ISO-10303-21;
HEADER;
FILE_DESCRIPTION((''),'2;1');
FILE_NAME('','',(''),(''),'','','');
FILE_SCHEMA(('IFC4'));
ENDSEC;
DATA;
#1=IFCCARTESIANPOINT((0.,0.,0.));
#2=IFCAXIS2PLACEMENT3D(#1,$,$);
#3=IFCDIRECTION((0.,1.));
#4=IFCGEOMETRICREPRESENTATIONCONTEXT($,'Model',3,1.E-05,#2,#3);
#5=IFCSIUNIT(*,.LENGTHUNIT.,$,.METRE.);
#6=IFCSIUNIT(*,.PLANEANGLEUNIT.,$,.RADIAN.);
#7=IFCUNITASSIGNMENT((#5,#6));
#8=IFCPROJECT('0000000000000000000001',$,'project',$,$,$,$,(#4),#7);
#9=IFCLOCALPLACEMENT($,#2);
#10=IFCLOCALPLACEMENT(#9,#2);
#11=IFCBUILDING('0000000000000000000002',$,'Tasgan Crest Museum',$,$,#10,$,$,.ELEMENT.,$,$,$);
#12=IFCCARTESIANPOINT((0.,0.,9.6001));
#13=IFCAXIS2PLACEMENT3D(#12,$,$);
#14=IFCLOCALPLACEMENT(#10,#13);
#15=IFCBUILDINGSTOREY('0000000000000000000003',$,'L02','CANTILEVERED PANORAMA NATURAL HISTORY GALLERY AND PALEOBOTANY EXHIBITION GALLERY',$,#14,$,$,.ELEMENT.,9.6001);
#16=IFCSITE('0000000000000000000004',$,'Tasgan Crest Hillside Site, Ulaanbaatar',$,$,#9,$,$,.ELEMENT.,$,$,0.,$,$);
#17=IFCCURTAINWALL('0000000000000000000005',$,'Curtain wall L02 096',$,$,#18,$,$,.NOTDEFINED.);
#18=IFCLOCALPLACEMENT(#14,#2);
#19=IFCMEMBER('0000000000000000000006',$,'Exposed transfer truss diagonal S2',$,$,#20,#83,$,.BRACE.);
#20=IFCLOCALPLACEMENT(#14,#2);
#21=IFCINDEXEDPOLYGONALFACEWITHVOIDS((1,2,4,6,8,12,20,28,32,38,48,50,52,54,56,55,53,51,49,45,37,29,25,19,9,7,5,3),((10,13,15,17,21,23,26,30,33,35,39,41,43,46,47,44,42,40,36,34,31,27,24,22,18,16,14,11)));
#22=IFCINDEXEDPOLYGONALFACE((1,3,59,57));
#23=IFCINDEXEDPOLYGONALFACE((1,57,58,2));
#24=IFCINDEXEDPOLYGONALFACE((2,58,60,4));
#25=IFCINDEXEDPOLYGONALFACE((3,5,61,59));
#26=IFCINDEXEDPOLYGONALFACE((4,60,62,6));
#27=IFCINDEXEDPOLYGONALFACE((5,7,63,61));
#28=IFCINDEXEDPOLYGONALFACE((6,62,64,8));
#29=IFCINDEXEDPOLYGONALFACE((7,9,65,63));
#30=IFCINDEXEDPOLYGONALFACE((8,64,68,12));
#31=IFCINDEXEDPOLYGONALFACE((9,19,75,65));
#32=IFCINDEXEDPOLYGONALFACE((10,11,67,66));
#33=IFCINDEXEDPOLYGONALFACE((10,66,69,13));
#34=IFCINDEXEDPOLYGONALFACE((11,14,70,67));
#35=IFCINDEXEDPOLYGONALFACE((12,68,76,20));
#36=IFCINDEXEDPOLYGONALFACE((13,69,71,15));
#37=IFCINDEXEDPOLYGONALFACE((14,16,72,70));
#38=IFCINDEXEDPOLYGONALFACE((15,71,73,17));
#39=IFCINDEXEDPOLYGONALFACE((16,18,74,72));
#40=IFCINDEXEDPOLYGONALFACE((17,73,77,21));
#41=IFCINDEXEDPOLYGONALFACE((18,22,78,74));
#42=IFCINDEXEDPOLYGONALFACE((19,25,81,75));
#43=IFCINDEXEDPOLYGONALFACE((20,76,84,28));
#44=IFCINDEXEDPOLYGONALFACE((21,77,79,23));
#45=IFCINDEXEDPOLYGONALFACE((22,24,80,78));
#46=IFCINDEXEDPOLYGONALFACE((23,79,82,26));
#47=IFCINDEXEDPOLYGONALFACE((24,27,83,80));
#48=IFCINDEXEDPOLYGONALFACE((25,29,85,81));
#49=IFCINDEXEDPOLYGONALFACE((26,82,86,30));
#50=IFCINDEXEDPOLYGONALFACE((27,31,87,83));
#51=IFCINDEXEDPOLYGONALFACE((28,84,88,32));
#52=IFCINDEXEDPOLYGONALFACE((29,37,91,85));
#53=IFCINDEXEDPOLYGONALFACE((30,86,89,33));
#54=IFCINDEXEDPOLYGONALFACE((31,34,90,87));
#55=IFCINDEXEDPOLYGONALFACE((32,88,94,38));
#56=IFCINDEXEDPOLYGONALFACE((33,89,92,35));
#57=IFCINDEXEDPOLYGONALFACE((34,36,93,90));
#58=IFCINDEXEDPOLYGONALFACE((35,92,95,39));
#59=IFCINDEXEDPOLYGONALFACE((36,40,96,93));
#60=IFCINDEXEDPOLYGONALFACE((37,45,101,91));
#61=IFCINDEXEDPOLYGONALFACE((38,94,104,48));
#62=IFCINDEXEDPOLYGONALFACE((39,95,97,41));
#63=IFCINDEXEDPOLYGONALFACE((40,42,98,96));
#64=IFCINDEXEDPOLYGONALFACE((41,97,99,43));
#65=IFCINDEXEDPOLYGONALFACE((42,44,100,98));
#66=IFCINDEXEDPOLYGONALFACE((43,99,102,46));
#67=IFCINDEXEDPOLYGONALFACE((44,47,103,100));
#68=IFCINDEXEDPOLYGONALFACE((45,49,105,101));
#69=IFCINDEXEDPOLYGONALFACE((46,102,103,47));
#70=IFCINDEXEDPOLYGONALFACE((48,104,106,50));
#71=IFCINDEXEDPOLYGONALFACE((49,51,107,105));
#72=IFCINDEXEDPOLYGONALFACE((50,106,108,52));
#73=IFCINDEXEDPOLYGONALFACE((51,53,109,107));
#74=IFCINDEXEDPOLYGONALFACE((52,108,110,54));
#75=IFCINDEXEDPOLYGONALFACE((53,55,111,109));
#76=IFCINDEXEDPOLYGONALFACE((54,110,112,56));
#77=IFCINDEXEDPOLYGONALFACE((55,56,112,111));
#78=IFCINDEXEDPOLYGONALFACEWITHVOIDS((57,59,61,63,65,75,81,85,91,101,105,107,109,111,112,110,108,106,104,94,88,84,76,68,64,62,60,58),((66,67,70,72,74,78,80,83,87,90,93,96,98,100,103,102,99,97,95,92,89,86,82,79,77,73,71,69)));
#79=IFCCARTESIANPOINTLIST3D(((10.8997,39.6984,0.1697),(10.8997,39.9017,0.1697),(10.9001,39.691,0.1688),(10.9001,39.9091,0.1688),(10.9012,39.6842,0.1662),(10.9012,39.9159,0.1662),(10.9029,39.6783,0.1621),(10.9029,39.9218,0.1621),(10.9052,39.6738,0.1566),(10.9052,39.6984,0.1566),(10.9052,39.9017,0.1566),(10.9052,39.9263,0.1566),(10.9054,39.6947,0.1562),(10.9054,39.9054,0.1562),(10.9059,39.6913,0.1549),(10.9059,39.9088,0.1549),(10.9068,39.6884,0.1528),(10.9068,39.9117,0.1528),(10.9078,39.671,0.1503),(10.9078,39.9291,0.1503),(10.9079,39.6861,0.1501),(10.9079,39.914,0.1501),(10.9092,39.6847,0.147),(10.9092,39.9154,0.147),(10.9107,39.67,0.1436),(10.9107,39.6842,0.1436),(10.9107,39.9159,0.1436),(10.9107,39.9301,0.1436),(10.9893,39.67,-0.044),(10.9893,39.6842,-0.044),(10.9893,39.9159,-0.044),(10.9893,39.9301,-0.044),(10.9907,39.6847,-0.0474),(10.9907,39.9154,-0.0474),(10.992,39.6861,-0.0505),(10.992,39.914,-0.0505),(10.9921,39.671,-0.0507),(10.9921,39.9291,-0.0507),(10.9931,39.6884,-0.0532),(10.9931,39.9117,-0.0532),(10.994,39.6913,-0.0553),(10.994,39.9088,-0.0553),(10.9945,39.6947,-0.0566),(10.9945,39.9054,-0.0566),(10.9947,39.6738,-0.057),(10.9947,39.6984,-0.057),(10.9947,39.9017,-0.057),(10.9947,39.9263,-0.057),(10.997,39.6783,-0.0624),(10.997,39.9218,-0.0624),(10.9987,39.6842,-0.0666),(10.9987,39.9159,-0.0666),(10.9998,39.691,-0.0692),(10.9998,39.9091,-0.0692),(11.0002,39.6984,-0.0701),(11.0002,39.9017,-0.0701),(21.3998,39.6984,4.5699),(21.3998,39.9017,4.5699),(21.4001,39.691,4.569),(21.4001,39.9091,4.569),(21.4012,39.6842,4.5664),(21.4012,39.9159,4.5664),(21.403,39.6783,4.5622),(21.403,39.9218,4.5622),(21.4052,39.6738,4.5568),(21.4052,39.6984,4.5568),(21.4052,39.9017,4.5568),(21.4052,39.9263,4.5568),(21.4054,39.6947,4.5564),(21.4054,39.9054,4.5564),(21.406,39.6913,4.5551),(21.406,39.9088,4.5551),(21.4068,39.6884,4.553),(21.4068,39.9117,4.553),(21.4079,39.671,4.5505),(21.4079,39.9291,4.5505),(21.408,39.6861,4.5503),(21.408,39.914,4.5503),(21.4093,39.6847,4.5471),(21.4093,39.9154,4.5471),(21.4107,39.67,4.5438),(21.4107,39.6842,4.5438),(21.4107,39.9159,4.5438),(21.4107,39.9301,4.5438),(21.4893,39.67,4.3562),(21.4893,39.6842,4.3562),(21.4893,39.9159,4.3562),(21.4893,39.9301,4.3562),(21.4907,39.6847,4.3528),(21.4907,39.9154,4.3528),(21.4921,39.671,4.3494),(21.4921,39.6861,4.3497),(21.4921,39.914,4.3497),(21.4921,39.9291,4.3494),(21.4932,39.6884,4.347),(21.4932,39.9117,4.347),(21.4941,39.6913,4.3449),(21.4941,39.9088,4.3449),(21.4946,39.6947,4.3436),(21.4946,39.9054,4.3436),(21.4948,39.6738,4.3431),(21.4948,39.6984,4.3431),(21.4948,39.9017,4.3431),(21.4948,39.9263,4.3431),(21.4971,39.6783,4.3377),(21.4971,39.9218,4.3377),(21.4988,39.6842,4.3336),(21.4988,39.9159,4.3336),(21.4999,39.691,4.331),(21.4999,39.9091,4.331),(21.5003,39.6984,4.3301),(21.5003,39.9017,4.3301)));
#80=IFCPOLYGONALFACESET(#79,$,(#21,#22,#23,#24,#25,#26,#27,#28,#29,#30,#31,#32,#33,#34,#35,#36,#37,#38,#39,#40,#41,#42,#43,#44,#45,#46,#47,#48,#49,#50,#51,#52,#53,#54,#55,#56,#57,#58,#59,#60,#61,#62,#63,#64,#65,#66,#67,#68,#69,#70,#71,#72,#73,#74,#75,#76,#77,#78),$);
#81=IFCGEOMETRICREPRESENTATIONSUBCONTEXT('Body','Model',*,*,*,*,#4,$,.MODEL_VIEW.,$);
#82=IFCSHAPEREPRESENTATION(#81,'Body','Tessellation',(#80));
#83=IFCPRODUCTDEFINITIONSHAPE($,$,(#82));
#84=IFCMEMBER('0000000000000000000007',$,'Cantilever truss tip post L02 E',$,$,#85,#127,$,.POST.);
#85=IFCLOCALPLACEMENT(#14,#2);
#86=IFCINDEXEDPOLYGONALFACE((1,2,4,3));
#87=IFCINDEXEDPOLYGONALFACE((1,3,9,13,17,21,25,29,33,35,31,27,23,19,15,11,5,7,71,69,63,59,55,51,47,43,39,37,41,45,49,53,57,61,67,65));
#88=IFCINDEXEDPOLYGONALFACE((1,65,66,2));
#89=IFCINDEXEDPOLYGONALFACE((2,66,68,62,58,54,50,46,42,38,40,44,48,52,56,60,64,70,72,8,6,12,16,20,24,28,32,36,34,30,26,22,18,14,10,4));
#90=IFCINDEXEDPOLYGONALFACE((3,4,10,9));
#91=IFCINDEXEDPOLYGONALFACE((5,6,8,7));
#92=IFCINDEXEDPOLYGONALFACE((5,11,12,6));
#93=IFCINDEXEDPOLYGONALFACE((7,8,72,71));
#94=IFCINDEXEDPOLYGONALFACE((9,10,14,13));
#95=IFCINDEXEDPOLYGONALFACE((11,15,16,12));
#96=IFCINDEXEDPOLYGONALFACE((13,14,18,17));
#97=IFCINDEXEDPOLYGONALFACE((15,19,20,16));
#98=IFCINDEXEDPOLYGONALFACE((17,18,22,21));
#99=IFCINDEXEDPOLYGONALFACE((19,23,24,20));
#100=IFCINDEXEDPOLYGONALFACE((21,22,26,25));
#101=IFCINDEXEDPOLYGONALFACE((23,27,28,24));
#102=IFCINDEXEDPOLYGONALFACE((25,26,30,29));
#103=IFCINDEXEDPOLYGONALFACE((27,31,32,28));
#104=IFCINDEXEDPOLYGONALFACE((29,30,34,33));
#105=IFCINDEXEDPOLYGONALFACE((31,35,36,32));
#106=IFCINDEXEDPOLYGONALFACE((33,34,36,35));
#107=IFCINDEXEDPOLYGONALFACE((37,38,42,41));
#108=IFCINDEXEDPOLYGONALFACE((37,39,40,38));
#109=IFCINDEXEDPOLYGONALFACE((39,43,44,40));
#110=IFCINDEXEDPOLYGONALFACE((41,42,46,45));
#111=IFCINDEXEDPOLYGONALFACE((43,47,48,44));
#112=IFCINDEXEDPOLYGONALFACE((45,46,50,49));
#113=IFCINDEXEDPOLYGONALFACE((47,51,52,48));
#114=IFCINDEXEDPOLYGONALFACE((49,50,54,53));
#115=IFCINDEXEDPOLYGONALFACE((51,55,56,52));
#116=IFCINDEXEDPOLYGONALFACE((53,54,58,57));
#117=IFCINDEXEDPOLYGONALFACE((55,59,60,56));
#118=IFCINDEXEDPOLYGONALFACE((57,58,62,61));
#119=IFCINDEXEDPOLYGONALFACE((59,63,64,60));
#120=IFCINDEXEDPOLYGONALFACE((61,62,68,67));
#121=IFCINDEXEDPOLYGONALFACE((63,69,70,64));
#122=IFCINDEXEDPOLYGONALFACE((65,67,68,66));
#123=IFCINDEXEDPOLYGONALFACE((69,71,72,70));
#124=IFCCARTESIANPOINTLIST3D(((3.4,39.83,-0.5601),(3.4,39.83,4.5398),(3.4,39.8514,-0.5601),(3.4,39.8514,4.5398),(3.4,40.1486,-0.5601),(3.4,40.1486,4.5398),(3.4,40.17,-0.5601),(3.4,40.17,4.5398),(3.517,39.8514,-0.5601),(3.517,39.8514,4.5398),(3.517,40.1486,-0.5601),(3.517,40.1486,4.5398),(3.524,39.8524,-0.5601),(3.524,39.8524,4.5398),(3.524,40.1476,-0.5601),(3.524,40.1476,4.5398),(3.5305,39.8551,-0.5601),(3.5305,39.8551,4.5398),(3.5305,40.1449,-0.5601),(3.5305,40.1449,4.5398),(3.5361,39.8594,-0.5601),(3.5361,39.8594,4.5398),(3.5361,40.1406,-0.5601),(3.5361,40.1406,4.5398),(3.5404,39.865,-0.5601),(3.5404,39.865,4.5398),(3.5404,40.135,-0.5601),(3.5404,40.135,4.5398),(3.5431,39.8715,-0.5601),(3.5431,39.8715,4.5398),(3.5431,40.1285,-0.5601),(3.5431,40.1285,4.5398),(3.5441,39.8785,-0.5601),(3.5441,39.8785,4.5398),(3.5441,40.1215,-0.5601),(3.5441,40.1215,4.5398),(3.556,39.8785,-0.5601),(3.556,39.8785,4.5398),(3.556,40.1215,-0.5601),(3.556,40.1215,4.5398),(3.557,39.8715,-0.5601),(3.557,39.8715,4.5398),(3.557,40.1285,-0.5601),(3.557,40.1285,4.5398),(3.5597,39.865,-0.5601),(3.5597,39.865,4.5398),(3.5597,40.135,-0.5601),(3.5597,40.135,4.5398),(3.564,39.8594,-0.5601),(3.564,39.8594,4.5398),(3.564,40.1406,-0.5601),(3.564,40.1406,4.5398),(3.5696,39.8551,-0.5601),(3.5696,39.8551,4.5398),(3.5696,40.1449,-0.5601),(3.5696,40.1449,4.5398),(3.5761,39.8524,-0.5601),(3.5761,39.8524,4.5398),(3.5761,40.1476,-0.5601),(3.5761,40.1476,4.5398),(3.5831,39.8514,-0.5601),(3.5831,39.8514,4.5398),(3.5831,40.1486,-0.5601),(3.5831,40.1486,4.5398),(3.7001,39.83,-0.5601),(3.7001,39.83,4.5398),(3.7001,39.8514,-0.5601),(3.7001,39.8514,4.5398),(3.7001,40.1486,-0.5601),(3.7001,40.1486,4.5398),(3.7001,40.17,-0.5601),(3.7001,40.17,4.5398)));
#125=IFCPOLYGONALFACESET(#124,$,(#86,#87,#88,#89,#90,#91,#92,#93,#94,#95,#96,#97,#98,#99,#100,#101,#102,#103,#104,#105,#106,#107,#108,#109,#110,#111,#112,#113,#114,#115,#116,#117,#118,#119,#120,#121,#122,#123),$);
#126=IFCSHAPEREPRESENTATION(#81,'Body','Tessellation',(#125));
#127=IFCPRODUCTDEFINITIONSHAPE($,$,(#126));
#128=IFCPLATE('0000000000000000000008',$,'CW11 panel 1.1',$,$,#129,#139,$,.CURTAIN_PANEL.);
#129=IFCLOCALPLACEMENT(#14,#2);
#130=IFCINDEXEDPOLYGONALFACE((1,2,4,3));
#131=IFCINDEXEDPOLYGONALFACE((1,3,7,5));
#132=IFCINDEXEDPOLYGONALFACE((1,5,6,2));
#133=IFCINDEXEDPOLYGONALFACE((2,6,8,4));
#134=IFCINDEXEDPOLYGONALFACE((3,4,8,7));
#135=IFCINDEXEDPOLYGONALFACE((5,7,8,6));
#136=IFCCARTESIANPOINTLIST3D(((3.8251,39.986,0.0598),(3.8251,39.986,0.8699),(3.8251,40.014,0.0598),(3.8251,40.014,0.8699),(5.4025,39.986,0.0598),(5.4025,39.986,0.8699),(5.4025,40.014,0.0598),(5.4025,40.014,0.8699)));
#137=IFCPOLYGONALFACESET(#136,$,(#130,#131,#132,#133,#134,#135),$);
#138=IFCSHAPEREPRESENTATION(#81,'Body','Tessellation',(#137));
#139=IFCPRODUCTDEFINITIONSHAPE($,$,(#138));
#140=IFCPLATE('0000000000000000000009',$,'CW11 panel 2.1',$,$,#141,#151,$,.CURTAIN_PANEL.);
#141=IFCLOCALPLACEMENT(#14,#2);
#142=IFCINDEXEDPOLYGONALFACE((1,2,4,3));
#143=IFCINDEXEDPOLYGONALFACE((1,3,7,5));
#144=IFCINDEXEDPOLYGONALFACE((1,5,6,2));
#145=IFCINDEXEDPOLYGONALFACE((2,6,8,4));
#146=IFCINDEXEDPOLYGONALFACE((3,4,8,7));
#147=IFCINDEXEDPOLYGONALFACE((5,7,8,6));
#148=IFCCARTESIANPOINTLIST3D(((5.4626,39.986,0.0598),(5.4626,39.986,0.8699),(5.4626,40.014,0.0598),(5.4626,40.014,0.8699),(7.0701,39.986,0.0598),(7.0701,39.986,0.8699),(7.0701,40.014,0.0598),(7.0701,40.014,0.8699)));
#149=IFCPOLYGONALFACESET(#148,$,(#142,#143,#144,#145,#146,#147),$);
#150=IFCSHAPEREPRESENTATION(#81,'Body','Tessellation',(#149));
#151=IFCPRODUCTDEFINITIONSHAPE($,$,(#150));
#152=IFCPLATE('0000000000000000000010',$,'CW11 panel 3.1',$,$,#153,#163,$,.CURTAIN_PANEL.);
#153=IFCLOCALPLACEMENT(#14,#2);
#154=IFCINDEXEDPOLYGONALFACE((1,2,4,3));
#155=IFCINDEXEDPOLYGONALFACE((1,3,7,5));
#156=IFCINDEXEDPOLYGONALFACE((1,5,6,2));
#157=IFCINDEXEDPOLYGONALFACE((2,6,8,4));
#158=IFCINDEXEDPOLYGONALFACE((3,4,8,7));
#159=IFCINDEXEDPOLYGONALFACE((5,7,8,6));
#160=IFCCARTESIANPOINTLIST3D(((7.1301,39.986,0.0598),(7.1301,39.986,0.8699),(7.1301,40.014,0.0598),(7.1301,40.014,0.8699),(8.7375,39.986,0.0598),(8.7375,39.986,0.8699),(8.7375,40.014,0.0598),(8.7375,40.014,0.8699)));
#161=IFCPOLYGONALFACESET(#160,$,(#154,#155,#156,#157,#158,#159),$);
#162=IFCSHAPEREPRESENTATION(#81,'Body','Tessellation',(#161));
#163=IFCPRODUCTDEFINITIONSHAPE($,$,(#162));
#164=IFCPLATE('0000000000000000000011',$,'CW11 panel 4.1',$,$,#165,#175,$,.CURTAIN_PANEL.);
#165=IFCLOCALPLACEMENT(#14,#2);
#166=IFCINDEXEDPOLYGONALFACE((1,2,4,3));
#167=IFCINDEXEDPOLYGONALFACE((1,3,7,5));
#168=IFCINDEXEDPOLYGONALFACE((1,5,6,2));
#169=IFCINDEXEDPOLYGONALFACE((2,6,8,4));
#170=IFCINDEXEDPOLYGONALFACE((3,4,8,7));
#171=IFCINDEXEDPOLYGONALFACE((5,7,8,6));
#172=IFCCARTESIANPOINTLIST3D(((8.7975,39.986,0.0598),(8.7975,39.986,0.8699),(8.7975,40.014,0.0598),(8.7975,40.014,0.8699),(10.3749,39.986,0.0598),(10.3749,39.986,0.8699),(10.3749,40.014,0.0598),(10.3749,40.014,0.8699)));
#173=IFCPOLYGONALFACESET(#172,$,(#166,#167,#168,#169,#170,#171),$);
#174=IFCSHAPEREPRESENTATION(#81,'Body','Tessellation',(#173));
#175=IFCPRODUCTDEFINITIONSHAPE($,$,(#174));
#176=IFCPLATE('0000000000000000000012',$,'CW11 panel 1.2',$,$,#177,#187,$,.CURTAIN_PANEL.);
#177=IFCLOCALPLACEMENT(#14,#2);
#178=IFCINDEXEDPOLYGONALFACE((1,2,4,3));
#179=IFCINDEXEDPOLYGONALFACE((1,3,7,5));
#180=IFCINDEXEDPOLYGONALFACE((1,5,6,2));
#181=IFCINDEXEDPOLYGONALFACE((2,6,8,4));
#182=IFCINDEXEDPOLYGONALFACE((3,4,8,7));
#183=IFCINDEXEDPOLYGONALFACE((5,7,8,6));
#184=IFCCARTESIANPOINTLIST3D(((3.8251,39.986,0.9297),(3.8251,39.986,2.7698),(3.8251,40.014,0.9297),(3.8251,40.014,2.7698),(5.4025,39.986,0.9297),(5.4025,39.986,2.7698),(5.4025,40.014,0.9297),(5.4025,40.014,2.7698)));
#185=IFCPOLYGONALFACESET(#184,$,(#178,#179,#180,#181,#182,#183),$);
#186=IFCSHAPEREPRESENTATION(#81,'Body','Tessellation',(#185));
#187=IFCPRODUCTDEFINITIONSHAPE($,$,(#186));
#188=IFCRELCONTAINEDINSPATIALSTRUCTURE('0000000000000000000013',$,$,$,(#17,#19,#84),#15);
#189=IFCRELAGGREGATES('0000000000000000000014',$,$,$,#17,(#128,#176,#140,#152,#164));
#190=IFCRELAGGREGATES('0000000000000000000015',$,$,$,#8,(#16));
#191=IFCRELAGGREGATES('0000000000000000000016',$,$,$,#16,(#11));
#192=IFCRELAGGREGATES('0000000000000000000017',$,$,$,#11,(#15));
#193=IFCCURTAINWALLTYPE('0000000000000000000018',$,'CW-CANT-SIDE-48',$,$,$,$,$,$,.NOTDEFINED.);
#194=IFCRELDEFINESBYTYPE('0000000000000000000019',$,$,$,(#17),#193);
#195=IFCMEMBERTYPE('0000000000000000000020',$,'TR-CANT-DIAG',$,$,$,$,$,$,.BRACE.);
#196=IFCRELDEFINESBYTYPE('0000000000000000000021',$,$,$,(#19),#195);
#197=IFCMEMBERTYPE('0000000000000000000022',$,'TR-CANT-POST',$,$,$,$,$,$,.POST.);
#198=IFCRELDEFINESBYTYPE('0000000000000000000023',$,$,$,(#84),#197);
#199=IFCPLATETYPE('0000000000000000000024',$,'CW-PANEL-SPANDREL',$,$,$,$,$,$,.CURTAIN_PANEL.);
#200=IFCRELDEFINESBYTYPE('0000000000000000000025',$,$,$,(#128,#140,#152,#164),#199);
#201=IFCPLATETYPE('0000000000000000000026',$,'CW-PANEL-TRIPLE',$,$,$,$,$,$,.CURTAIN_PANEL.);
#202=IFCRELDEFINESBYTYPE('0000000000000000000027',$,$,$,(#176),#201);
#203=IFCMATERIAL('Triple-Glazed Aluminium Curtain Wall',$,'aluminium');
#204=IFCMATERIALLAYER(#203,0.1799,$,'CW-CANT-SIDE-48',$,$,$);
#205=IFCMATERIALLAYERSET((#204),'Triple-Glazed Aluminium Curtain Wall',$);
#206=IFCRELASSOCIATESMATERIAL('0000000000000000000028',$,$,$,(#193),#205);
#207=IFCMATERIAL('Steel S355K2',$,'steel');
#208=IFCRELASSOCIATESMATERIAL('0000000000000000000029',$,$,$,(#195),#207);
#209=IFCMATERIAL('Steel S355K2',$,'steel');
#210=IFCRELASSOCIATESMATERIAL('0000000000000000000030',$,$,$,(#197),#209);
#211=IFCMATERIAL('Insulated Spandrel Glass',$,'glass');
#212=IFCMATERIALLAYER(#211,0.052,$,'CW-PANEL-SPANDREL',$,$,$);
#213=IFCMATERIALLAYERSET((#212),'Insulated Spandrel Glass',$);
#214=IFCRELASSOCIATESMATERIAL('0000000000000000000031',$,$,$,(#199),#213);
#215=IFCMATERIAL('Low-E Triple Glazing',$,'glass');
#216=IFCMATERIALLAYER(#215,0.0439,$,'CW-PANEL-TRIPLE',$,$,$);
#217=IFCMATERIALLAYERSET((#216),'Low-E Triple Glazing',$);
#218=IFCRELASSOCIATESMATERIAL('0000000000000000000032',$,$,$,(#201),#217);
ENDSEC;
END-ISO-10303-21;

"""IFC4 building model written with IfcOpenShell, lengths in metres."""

from ifc_helpers import new_model, si_unit, direction, frame, origin, origin_2d, place, context, subcontext, project, spatial, rectangle, hollow_rectangle, i_section, extrude, material, layer, layer_set, material_profile, profile_set, type_object, element, aggregate, save


model = new_model("IFC4")

# Units and contexts
model_context = context("Model", 3, precision=1e-05, world=origin(), true_north=direction((0.0, 1.0)))
body_context = subcontext(model_context, "Body", "Model", "MODEL_VIEW")
ifc_project = project(units=[si_unit("LENGTHUNIT", "METRE"), si_unit("PLANEANGLEUNIT", "RADIAN")], contexts=[model_context])

# Site, building, storey
site_placement = place(None, origin())
site = spatial("IfcSite", under=ifc_project, at=site_placement, Name="Tasgan Crest Hillside Site, Ulaanbaatar", CompositionType="ELEMENT", RefElevation=0.0)
building_placement = place(site_placement, origin())
building = spatial("IfcBuilding", under=site, at=building_placement, Name="Tasgan Crest Museum", CompositionType="ELEMENT")
storey_placement = place(building_placement, frame((0.0, 0.0, 9.6001)))
storey = spatial("IfcBuildingStorey", under=building, at=storey_placement, Name="L02", Description="CANTILEVERED PANORAMA NATURAL HISTORY GALLERY AND PALEOBOTANY EXHIBITION GALLERY", CompositionType="ELEMENT", Elevation=9.6001)

# Curtain wall
ifc_material_1 = material(Name="Triple-Glazed Aluminium Curtain Wall", Category="aluminium")
ifc_layer_1 = layer(ifc_material_1, 0.1799, Name="CW-CANT-SIDE-48")
ifc_layer_set_1 = layer_set([ifc_layer_1], Name="Triple-Glazed Aluminium Curtain Wall")
curtain_wall_type = type_object("IfcCurtainWallType", Name="CW-CANT-SIDE-48", PredefinedType="NOTDEFINED", material=ifc_layer_set_1)
curtain_wall_placement = place(storey_placement, origin())
curtain_wall = element("IfcCurtainWall", 1, at=curtain_wall_placement, inside=storey, type_object=curtain_wall_type, Name="Curtain wall L02 096", PredefinedType="NOTDEFINED")

# Members
ifc_material_2 = material(Name="Steel S355K2", Category="steel")
ifc_material_profile_1 = material_profile(ifc_material_2, hollow_rectangle(XDim=0.26, YDim=0.26, WallThickness=0.0142, InnerFilletRadius=0.0142, OuterFilletRadius=0.0283, at=origin_2d()), Name="SHS 260x260x14.2")
ifc_profile_set_1 = profile_set([ifc_material_profile_1], Name="Steel S355K2")
member_type_1 = type_object("IfcMemberType", Name="TR-CANT-DIAG", PredefinedType="BRACE", material=ifc_profile_set_1)
member_1_placement = place(storey_placement, frame((10.95, 39.8, 0.0498), z_axis=(0.922291, 0.0, 0.386497), x_axis=(0.0, 1.0, 0.0)))
element("IfcMember", 2, at=member_1_placement, inside=storey, type_object=member_type_1, Name="Exposed transfer truss diagonal S2", PredefinedType="BRACE", context=body_context, shape_type="SweptSolid", body=[
    extrude(hollow_rectangle(XDim=0.26, YDim=0.26, WallThickness=0.0142, InnerFilletRadius=0.0142, OuterFilletRadius=0.0283, at=origin_2d()), origin(), (0.0, 0.0, 1.0), 11.3848),
])
ifc_material_3 = material(Name="Steel S355K2", Category="steel")
ifc_material_profile_2 = material_profile(ifc_material_3, i_section(OverallWidth=0.3, OverallDepth=0.3401, WebThickness=0.012, FlangeThickness=0.0215, FilletRadius=0.0271, at=origin_2d()), Name="HEB 340")
ifc_profile_set_2 = profile_set([ifc_material_profile_2], Name="Steel S355K2")
member_type_2 = type_object("IfcMemberType", Name="TR-CANT-POST", PredefinedType="POST", material=ifc_profile_set_2)
member_2_placement = place(storey_placement, frame((3.55, 40.0, -0.5601), z_axis=(0.0, 0.0, 1.0), x_axis=(1.0, 0.0, 0.0)))
element("IfcMember", 3, at=member_2_placement, inside=storey, type_object=member_type_2, Name="Cantilever truss tip post L02 E", PredefinedType="POST", context=body_context, shape_type="SweptSolid", body=[
    extrude(i_section(OverallWidth=0.3, OverallDepth=0.3401, WebThickness=0.012, FlangeThickness=0.0215, FilletRadius=0.0271, at=origin_2d()), origin(), (0.0, 0.0, 1.0), 5.0999),
])

# Plates
ifc_material_4 = material(Name="Insulated Spandrel Glass", Category="glass")
ifc_layer_2 = layer(ifc_material_4, 0.052, Name="CW-PANEL-SPANDREL")
ifc_layer_set_2 = layer_set([ifc_layer_2], Name="Insulated Spandrel Glass")
plate_type_1 = type_object("IfcPlateType", Name="CW-PANEL-SPANDREL", PredefinedType="CURTAIN_PANEL", material=ifc_layer_set_2)
plate_1_placement = place(storey_placement, frame((4.6138, 40.0, 0.0598), z_axis=(0.0, 0.0, 1.0), x_axis=(1.0, 0.0, 0.0)))
plate_1 = element("IfcPlate", 4, at=plate_1_placement, type_object=plate_type_1, Name="CW11 panel 1.1", PredefinedType="CURTAIN_PANEL", context=body_context, shape_type="SweptSolid", body=[
    extrude(rectangle(XDim=1.5774, YDim=0.0281, at=origin_2d()), origin(), (0.0, 0.0, 1.0), 0.8101),
])
plate_2_placement = place(storey_placement, frame((6.2664, 40.0, 0.0598), z_axis=(0.0, 0.0, 1.0), x_axis=(1.0, 0.0, 0.0)))
plate_2 = element("IfcPlate", 5, at=plate_2_placement, type_object=plate_type_1, Name="CW11 panel 2.1", PredefinedType="CURTAIN_PANEL", context=body_context, shape_type="SweptSolid", body=[
    extrude(rectangle(XDim=1.6074, YDim=0.0281, at=origin_2d()), origin(), (0.0, 0.0, 1.0), 0.8101),
])
plate_3_placement = place(storey_placement, frame((7.9338, 40.0, 0.0598), z_axis=(0.0, 0.0, 1.0), x_axis=(1.0, 0.0, 0.0)))
plate_3 = element("IfcPlate", 6, at=plate_3_placement, type_object=plate_type_1, Name="CW11 panel 3.1", PredefinedType="CURTAIN_PANEL", context=body_context, shape_type="SweptSolid", body=[
    extrude(rectangle(XDim=1.6074, YDim=0.0281, at=origin_2d()), origin(), (0.0, 0.0, 1.0), 0.8101),
])
plate_4_placement = place(storey_placement, frame((9.5862, 40.0, 0.0598), z_axis=(0.0, 0.0, 1.0), x_axis=(1.0, 0.0, 0.0)))
plate_4 = element("IfcPlate", 7, at=plate_4_placement, type_object=plate_type_1, Name="CW11 panel 4.1", PredefinedType="CURTAIN_PANEL", context=body_context, shape_type="SweptSolid", body=[
    extrude(rectangle(XDim=1.5774, YDim=0.0281, at=origin_2d()), origin(), (0.0, 0.0, 1.0), 0.8101),
])
ifc_material_5 = material(Name="Low-E Triple Glazing", Category="glass")
ifc_layer_3 = layer(ifc_material_5, 0.0439, Name="CW-PANEL-TRIPLE")
ifc_layer_set_3 = layer_set([ifc_layer_3], Name="Low-E Triple Glazing")
plate_type_2 = type_object("IfcPlateType", Name="CW-PANEL-TRIPLE", PredefinedType="CURTAIN_PANEL", material=ifc_layer_set_3)
plate_5_placement = place(storey_placement, frame((4.6138, 40.0, 0.9297), z_axis=(0.0, 0.0, 1.0), x_axis=(1.0, 0.0, 0.0)))
plate_5 = element("IfcPlate", 8, at=plate_5_placement, type_object=plate_type_2, Name="CW11 panel 1.2", PredefinedType="CURTAIN_PANEL", context=body_context, shape_type="SweptSolid", body=[
    extrude(rectangle(XDim=1.5774, YDim=0.0281, at=origin_2d()), origin(), (0.0, 0.0, 1.0), 1.8401),
])
aggregate(curtain_wall, [plate_1, plate_5, plate_2, plate_3, plate_4])

save(model, "model.ifc")
